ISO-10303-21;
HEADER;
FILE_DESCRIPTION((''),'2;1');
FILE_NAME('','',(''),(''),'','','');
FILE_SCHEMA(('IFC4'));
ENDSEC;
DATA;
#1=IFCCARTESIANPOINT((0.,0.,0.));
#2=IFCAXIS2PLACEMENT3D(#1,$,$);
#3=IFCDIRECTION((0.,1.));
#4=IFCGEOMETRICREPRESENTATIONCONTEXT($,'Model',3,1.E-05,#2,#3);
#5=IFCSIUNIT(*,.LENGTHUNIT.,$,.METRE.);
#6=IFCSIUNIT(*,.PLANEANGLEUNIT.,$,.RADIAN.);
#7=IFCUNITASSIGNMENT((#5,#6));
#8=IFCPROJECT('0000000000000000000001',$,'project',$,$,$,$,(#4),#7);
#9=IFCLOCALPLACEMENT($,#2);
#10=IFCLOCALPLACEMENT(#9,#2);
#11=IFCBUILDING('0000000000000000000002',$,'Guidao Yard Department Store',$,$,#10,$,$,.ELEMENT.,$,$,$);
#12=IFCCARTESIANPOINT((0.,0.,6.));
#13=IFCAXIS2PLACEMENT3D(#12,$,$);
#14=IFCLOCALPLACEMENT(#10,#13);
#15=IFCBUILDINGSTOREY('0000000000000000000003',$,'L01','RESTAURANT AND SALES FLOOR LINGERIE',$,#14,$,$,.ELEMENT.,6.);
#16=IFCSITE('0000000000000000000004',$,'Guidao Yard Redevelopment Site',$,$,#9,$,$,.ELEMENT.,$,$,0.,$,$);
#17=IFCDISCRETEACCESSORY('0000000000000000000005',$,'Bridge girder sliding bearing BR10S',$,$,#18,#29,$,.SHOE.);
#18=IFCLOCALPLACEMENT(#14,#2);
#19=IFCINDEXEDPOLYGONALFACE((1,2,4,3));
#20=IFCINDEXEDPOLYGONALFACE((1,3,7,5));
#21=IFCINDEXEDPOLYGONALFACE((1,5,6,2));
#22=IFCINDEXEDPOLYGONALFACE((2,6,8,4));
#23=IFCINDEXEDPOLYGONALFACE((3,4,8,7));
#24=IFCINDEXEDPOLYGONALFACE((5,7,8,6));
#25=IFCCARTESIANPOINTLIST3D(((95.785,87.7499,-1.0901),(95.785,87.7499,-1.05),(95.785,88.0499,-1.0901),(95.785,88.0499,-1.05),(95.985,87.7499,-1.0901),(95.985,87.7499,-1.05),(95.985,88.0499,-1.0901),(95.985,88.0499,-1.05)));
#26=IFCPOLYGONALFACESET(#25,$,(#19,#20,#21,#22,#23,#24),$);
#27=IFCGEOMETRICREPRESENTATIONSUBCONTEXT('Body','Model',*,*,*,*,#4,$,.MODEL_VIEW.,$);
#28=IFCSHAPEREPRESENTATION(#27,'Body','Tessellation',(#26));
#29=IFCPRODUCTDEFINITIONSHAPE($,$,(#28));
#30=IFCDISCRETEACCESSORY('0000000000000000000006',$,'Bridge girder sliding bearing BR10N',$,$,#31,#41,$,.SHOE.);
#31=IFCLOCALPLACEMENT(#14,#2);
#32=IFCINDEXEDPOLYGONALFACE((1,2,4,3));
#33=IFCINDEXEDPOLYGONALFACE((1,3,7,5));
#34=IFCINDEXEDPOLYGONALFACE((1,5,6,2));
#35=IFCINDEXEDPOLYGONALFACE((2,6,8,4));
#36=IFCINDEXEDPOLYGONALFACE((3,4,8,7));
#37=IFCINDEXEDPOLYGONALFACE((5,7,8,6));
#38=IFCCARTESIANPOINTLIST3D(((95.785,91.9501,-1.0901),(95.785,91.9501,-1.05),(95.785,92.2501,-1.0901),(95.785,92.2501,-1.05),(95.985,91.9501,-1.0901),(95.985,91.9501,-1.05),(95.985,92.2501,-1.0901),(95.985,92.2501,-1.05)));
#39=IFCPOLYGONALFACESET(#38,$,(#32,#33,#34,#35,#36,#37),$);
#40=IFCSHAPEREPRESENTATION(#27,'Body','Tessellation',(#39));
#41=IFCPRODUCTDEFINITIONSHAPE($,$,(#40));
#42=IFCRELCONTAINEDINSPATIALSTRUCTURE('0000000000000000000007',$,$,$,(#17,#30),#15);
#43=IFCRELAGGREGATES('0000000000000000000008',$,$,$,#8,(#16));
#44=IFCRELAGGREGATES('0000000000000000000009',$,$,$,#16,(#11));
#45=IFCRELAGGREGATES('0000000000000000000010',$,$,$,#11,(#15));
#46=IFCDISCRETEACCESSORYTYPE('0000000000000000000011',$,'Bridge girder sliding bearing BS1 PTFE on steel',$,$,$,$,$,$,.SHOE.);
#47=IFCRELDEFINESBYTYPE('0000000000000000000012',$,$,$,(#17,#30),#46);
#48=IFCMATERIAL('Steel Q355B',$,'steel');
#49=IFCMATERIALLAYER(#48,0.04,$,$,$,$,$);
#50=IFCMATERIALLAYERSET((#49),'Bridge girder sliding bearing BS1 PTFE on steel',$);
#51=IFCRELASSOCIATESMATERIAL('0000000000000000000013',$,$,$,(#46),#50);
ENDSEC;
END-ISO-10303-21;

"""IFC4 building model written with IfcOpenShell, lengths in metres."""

from ifc_helpers import new_model, si_unit, direction, frame, origin, origin_2d, place, context, subcontext, project, spatial, rectangle, extrude, material, layer, layer_set, type_object, element, save


model = new_model("IFC4")

# Units and contexts
model_context = context("Model", 3, precision=1e-05, world=origin(), true_north=direction((0.0, 1.0)))
body_context = subcontext(model_context, "Body", "Model", "MODEL_VIEW")
ifc_project = project(units=[si_unit("LENGTHUNIT", "METRE"), si_unit("PLANEANGLEUNIT", "RADIAN")], contexts=[model_context])

# Site, building, storey
site_placement = place(None, origin())
site = spatial("IfcSite", under=ifc_project, at=site_placement, Name="Guidao Yard Redevelopment Site", CompositionType="ELEMENT", RefElevation=0.0)
building_placement = place(site_placement, origin())
building = spatial("IfcBuilding", under=site, at=building_placement, Name="Guidao Yard Department Store", CompositionType="ELEMENT")
storey_placement = place(building_placement, frame((0.0, 0.0, 6.0)))
storey = spatial("IfcBuildingStorey", under=building, at=storey_placement, Name="L01", Description="RESTAURANT AND SALES FLOOR LINGERIE", CompositionType="ELEMENT", Elevation=6.0)

# Discrete accessories
ifc_material_1 = material(Name="Steel Q355B", Category="steel")
ifc_layer_1 = layer(ifc_material_1, 0.04)
ifc_layer_set_1 = layer_set([ifc_layer_1], Name="Bridge girder sliding bearing BS1 PTFE on steel")
discrete_accessory_type_1 = type_object("IfcDiscreteAccessoryType", Name="Bridge girder sliding bearing BS1 PTFE on steel", PredefinedType="SHOE", material=ifc_layer_set_1)
for number, where, z_axis, x_axis, name in (
    (1, (95.885, 87.8999, -1.0901), (0.0, 0.0, 1.0), (1.0, 0.0, 0.0), "Bridge girder sliding bearing BR10S"),
    (2, (95.885, 92.1001, -1.0901), (0.0, 0.0, 1.0), (1.0, 0.0, 0.0), "Bridge girder sliding bearing BR10N"),
):
    element("IfcDiscreteAccessory", number, at=place(storey_placement, frame(where, z_axis=z_axis, x_axis=x_axis)), inside=storey, type_object=discrete_accessory_type_1, Name=name, PredefinedType="SHOE", context=body_context, shape_type="SweptSolid", body=[
        extrude(rectangle(XDim=0.2, YDim=0.3, at=origin_2d()), origin(), (0.0, 0.0, 1.0), 0.04),
    ])

save(model, "model.ifc")
